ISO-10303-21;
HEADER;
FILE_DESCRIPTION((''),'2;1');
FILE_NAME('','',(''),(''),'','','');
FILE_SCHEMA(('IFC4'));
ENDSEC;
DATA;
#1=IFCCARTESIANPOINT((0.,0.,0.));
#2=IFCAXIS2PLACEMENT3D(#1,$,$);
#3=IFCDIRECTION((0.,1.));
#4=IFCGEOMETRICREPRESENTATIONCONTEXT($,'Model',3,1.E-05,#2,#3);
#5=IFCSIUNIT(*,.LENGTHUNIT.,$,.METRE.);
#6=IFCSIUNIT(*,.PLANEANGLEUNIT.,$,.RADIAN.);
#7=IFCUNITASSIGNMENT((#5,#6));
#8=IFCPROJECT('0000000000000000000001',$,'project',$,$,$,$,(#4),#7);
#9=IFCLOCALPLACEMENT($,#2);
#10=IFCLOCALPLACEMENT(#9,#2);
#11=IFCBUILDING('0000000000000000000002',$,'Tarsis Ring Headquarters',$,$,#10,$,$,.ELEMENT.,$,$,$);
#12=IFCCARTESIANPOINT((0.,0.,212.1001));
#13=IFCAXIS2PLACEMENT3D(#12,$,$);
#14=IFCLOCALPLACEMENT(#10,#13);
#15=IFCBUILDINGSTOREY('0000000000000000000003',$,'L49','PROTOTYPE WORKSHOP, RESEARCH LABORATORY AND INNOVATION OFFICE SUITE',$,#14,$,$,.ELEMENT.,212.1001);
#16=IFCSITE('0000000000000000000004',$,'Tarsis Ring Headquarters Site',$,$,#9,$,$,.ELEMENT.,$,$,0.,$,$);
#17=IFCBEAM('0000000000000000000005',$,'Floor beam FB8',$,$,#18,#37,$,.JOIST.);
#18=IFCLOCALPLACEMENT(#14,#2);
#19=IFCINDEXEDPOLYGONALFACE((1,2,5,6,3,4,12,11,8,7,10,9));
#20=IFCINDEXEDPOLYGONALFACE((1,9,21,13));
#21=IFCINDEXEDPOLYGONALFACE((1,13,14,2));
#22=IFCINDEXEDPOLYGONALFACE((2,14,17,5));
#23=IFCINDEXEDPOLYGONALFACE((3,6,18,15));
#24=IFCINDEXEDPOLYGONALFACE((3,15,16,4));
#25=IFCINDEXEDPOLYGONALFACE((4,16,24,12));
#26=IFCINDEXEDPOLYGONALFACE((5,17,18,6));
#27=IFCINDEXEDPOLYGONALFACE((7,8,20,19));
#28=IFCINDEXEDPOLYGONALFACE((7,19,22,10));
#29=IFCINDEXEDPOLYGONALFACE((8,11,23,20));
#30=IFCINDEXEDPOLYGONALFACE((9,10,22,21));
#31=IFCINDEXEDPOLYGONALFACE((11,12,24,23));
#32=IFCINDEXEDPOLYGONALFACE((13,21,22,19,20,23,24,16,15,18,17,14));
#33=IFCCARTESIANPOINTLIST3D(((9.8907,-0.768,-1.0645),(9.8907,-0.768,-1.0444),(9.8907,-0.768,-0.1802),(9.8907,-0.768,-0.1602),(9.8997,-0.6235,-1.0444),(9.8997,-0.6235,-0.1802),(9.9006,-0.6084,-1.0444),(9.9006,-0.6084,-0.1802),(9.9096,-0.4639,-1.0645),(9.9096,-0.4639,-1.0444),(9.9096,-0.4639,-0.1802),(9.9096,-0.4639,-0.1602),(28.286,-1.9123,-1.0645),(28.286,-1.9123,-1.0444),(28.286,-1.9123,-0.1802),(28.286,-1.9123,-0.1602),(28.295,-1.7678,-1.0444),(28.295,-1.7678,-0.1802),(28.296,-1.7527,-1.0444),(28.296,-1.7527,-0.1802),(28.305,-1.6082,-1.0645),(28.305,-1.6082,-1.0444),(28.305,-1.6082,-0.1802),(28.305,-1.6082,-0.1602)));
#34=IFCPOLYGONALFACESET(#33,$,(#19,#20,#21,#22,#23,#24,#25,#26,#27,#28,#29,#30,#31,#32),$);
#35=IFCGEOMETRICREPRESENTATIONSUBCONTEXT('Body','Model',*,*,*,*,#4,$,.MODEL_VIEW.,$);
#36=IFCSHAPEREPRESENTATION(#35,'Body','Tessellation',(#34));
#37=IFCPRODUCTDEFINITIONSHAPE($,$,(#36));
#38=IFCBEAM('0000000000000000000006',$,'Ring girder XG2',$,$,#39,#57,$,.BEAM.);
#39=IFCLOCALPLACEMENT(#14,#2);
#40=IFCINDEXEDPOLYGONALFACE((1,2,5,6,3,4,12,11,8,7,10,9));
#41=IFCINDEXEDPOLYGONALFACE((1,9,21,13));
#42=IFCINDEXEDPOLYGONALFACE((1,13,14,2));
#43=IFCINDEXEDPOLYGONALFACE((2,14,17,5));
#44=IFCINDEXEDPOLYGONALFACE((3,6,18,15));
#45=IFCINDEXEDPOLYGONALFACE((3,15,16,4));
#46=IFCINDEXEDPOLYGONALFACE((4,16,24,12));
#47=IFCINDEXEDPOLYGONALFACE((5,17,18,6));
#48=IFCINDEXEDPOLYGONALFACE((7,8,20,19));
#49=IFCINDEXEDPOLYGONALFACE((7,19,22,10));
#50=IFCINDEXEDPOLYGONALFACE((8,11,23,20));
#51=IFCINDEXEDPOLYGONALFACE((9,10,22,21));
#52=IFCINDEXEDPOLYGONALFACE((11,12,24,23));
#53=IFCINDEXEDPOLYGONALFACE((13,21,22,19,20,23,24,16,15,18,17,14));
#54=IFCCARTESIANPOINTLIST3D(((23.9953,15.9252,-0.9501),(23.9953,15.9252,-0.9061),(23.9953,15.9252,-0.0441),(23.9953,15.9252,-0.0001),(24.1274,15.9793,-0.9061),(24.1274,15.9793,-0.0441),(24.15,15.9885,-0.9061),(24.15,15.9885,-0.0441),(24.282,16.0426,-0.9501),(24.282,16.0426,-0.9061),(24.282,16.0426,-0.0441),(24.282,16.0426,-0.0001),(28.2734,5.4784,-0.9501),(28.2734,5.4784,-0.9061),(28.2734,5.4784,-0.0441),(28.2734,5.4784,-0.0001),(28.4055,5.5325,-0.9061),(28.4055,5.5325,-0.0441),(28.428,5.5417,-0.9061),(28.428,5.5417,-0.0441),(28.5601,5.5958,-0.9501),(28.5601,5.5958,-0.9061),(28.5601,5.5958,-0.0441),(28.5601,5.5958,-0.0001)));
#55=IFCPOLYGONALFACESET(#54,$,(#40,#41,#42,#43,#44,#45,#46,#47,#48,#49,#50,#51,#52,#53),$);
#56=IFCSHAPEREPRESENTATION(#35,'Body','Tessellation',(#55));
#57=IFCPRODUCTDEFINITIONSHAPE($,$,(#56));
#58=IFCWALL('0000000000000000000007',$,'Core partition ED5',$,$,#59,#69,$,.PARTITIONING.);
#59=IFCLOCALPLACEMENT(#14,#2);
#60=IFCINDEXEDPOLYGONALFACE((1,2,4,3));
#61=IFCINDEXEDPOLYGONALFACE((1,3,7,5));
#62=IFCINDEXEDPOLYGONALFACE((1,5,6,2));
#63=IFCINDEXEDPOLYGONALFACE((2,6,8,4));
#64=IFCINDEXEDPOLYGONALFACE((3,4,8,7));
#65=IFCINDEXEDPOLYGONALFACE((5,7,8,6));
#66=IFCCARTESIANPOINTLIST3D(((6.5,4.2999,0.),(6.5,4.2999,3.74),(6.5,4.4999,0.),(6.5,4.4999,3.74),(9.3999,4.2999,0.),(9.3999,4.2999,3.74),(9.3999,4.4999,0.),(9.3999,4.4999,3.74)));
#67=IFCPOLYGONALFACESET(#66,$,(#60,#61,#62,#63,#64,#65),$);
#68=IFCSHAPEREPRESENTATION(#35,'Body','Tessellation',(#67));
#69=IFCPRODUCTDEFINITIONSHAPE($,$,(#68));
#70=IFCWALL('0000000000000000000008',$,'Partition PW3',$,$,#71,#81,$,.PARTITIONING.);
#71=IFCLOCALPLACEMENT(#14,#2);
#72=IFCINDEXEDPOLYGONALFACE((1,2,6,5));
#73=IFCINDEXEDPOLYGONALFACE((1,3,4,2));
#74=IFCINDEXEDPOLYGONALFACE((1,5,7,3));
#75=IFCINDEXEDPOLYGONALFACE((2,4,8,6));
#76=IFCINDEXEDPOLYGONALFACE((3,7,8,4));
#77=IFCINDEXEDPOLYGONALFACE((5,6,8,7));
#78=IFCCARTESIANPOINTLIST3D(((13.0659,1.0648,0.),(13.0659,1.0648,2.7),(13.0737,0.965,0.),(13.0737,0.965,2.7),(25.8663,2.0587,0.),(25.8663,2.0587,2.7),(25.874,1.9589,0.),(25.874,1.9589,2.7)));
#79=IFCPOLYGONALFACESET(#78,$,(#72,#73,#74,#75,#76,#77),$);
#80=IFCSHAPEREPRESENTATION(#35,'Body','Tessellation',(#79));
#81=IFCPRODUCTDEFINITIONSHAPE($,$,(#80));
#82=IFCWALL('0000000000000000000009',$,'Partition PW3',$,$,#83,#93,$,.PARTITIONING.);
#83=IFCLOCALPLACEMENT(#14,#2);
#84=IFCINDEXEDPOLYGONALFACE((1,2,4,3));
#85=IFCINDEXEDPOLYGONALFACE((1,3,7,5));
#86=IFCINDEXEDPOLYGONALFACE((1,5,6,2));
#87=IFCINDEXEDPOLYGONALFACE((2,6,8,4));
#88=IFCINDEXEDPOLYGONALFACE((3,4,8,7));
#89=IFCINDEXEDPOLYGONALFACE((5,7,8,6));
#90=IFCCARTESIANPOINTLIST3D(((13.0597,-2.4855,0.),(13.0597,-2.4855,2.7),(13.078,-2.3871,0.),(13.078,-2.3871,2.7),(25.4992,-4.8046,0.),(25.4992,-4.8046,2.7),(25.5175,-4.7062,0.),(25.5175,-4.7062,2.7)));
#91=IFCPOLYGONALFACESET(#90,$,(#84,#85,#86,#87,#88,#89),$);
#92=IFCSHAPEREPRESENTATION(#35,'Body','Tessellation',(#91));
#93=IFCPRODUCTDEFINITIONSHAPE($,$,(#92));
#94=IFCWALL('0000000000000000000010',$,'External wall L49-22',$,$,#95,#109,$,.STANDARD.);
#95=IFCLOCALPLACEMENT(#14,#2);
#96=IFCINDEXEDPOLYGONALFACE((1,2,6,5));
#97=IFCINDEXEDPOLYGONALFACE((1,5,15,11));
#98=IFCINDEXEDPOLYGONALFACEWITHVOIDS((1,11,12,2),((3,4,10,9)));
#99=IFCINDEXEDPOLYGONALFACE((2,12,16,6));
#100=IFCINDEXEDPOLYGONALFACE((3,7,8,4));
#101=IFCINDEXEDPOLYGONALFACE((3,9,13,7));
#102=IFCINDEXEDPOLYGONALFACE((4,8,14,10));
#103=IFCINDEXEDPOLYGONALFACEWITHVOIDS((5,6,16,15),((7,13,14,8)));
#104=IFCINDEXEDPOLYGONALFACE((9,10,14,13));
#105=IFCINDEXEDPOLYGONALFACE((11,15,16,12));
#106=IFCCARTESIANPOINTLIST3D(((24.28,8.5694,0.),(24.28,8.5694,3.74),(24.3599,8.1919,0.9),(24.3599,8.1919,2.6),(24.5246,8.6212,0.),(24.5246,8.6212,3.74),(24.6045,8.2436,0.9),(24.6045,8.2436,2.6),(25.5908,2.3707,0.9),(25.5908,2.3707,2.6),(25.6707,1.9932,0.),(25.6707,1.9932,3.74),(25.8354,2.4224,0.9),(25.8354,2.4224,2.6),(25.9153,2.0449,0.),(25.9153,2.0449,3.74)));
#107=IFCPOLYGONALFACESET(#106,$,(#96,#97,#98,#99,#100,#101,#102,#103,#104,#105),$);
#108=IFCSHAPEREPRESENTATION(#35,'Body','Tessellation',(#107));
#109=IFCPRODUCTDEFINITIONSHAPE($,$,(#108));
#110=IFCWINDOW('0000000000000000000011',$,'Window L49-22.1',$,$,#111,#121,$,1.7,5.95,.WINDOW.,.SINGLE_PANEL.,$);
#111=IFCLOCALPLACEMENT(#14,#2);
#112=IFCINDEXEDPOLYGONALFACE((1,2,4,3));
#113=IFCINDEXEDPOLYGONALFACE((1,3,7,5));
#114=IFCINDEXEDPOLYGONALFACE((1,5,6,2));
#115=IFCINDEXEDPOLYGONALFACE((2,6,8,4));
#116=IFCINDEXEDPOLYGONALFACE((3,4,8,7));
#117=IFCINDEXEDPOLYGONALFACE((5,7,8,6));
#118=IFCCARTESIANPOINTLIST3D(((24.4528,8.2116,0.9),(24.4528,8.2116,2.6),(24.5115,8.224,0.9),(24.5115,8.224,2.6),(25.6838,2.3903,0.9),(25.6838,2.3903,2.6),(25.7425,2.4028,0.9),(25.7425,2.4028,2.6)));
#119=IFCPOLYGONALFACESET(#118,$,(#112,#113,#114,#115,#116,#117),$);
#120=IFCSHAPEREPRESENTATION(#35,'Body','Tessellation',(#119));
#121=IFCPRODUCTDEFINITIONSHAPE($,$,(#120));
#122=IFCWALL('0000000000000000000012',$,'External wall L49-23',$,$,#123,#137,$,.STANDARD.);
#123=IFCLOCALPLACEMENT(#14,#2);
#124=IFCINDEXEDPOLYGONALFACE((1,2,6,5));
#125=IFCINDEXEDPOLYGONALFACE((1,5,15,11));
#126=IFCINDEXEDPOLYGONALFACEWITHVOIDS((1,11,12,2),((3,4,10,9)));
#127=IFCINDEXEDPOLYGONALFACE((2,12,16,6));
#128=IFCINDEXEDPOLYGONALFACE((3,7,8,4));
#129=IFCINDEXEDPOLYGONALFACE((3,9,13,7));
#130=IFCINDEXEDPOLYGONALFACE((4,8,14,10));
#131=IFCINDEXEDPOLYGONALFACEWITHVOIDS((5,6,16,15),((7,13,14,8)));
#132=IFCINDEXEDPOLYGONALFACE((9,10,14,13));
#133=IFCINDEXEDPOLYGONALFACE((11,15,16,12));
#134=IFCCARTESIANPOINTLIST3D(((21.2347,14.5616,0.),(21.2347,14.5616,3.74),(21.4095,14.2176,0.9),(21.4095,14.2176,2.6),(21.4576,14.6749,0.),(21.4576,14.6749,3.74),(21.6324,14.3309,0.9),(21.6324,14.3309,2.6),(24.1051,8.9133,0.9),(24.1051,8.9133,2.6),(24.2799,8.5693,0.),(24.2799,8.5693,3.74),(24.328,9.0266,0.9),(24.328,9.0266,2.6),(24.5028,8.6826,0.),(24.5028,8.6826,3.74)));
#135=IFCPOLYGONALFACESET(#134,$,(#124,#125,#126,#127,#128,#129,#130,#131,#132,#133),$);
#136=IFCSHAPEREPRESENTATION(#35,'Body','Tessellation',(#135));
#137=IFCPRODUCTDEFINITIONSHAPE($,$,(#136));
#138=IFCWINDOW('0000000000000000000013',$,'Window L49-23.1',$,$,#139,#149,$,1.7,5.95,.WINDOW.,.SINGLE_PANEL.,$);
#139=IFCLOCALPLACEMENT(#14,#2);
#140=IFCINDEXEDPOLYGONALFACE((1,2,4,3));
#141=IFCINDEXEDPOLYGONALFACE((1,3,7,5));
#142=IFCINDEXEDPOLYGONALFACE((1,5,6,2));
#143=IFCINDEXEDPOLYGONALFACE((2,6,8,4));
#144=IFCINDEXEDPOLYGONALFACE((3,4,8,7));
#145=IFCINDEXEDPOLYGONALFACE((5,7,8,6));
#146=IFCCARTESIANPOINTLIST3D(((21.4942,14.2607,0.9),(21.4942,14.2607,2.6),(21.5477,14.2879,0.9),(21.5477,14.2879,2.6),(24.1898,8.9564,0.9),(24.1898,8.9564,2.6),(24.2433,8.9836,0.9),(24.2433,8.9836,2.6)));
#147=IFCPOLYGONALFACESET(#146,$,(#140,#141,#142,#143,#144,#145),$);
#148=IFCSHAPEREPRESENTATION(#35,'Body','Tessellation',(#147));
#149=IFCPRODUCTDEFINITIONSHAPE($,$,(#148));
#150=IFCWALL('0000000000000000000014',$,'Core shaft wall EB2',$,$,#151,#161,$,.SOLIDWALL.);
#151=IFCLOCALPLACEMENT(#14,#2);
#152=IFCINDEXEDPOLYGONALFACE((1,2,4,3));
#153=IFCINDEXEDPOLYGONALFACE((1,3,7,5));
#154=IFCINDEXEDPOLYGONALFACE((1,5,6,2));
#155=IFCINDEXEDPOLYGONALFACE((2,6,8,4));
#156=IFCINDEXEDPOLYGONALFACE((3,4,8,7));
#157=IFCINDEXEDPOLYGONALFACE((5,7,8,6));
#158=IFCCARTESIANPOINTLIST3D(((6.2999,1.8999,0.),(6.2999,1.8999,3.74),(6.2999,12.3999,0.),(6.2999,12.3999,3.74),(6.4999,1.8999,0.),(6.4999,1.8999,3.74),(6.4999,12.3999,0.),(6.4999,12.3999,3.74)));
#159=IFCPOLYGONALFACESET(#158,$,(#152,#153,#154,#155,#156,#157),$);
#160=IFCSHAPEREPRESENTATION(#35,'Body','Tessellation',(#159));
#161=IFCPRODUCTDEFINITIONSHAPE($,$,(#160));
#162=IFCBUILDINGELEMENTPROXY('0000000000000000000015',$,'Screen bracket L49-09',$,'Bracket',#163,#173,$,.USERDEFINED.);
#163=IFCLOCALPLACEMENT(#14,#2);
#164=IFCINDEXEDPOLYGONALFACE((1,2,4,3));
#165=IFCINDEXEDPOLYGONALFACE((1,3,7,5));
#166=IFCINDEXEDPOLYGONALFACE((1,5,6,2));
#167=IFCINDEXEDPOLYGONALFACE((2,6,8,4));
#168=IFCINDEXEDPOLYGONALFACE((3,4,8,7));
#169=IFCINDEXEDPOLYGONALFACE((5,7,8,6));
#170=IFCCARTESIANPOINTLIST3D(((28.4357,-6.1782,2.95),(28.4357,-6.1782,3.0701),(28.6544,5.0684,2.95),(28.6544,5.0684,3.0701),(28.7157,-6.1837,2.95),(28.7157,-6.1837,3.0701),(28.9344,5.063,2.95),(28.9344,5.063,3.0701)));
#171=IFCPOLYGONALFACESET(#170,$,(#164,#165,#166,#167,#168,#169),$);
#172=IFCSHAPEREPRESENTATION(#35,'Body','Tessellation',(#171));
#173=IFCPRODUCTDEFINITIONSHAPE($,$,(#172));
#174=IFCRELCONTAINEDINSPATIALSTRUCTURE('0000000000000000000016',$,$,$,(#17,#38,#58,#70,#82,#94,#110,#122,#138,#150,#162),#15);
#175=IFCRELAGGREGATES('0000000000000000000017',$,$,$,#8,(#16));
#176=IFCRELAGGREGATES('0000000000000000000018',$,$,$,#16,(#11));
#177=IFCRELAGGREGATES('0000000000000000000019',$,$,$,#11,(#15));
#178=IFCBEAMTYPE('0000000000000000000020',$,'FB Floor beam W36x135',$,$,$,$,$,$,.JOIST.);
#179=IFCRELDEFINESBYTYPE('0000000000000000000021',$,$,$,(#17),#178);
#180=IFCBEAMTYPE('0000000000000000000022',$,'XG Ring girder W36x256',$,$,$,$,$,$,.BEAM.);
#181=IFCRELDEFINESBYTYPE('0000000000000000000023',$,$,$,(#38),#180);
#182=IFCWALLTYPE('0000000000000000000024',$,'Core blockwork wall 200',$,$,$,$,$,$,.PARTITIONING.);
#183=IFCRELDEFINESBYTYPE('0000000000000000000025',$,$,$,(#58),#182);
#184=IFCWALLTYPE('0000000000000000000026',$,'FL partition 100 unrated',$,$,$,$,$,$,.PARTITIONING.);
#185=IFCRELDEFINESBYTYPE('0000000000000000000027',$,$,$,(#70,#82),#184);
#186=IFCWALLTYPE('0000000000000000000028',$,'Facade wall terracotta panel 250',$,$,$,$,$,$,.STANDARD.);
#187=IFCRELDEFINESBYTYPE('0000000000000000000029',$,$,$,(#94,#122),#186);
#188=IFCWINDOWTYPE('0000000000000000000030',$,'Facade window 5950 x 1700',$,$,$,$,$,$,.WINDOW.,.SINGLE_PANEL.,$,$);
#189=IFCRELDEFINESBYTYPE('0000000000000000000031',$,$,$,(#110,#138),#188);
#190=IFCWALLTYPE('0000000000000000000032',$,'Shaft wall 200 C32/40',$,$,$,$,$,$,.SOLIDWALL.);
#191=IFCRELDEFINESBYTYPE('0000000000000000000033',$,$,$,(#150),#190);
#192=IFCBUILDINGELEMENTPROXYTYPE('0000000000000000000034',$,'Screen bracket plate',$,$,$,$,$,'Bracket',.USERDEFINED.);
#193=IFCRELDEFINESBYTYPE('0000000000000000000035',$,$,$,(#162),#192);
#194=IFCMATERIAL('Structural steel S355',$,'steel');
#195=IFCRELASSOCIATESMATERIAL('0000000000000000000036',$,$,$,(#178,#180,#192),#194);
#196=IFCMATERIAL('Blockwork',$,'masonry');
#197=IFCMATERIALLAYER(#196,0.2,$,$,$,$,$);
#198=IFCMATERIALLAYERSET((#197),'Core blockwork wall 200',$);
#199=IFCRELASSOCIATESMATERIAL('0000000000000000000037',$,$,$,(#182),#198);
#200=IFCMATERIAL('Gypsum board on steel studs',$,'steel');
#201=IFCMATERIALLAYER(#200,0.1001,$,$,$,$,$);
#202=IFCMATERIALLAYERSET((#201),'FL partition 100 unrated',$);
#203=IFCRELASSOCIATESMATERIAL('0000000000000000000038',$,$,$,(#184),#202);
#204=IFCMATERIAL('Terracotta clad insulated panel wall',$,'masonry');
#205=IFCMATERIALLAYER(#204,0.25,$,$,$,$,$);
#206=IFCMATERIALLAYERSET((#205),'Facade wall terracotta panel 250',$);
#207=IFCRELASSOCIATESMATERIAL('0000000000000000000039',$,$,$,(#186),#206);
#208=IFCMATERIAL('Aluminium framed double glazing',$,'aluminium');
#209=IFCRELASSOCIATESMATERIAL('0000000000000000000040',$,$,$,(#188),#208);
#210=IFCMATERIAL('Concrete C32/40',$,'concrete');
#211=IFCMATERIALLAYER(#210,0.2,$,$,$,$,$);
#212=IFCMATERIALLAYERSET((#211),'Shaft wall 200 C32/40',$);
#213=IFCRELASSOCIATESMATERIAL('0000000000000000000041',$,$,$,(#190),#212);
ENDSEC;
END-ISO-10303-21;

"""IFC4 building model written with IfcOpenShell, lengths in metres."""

from ifc_helpers import new_model, si_unit, direction, frame, frame_2d, origin, origin_2d, place, context, subcontext, project, spatial, rectangle, i_section, extrude, material, layer, layer_set, material_profile, profile_set, type_object, element, fill, save


model = new_model("IFC4")

# Units and contexts
model_context = context("Model", 3, precision=1e-05, world=origin(), true_north=direction((0.0, 1.0)))
body_context = subcontext(model_context, "Body", "Model", "MODEL_VIEW")
ifc_project = project(units=[si_unit("LENGTHUNIT", "METRE"), si_unit("PLANEANGLEUNIT", "RADIAN")], contexts=[model_context])

# Site, building, storey
site_placement = place(None, origin())
site = spatial("IfcSite", under=ifc_project, at=site_placement, Name="Tarsis Ring Headquarters Site", CompositionType="ELEMENT", RefElevation=0.0)
building_placement = place(site_placement, origin())
building = spatial("IfcBuilding", under=site, at=building_placement, Name="Tarsis Ring Headquarters", CompositionType="ELEMENT")
storey_placement = place(building_placement, frame((0.0, 0.0, 212.1001)))
storey = spatial("IfcBuildingStorey", under=building, at=storey_placement, Name="L49", Description="PROTOTYPE WORKSHOP, RESEARCH LABORATORY AND INNOVATION OFFICE SUITE", CompositionType="ELEMENT", Elevation=212.1001)

# Shared definitions
ifc_material_1 = material(Name="Structural steel S355", Category="steel")

# Beams
ifc_material_profile_1 = material_profile(ifc_material_1, i_section(OverallWidth=0.3047, OverallDepth=0.9043, WebThickness=0.0151, FlangeThickness=0.02, at=origin_2d()), Name="W36x135")
ifc_profile_set_1 = profile_set([ifc_material_profile_1], Name="Structural steel S355")
beam_type_1 = type_object("IfcBeamType", Name="FB Floor beam W36x135", PredefinedType="JOIST", material=ifc_profile_set_1)
beam_1_placement = place(storey_placement, frame((9.9001, -0.616, -0.6123), z_axis=(0.998071, -0.062086, 0.0), x_axis=(0.062086, 0.998071, 0.0)))
element("IfcBeam", 1, at=beam_1_placement, inside=storey, type_object=beam_type_1, Name="Floor beam FB8", PredefinedType="JOIST", context=body_context, shape_type="SweptSolid", body=[
    extrude(i_section(OverallWidth=0.3047, OverallDepth=0.9043, WebThickness=0.0151, FlangeThickness=0.02, at=origin_2d()), origin(), (0.0, 0.0, 1.0), 18.4309),
])
ifc_material_profile_2 = material_profile(ifc_material_1, i_section(OverallWidth=0.3098, OverallDepth=0.95, WebThickness=0.0244, FlangeThickness=0.0439, at=origin_2d()), Name="W36x256")
ifc_profile_set_2 = profile_set([ifc_material_profile_2], Name="Structural steel S355")
beam_type_2 = type_object("IfcBeamType", Name="XG Ring girder W36x256", PredefinedType="BEAM", material=ifc_profile_set_2)
beam_2_placement = place(storey_placement, frame((28.4167, 5.5371, -0.4751), z_axis=(-0.378966, 0.92541, 0.0), x_axis=(-0.92541, -0.378966, 0.0)))
element("IfcBeam", 2, at=beam_2_placement, inside=storey, type_object=beam_type_2, Name="Ring girder XG2", PredefinedType="BEAM", context=body_context, shape_type="SweptSolid", body=[
    extrude(i_section(OverallWidth=0.3098, OverallDepth=0.95, WebThickness=0.0244, FlangeThickness=0.0439, at=origin_2d()), origin(), (0.0, 0.0, 1.0), 11.2888),
])

# Walls
ifc_material_2 = material(Name="Blockwork", Category="masonry")
ifc_layer_1 = layer(ifc_material_2, 0.2)
ifc_layer_set_1 = layer_set([ifc_layer_1], Name="Core blockwork wall 200")
wall_type_1 = type_object("IfcWallType", Name="Core blockwork wall 200", PredefinedType="PARTITIONING", material=ifc_layer_set_1)
wall_1_placement = place(storey_placement, frame((6.5, 4.3999, 0.0), z_axis=(0.0, 0.0, 1.0), x_axis=(1.0, 0.0, 0.0)))
element("IfcWall", 3, at=wall_1_placement, inside=storey, type_object=wall_type_1, Name="Core partition ED5", PredefinedType="PARTITIONING", context=body_context, shape_type="SweptSolid", body=[
    extrude(rectangle(XDim=2.8999, YDim=0.2, at=frame_2d((1.45, 0.0))), origin(), (0.0, 0.0, 1.0), 3.74),
])
ifc_material_3 = material(Name="Gypsum board on steel studs", Category="steel")
ifc_layer_2 = layer(ifc_material_3, 0.1001)
ifc_layer_set_2 = layer_set([ifc_layer_2], Name="FL partition 100 unrated")
wall_type_2 = type_object("IfcWallType", Name="FL partition 100 unrated", PredefinedType="PARTITIONING", material=ifc_layer_set_2)
wall_2_placement = place(storey_placement, frame((13.0698, 1.0149, 0.0), z_axis=(0.0, 0.0, 1.0), x_axis=(0.996999, 0.077413, 0.0)))
element("IfcWall", 4, at=wall_2_placement, inside=storey, type_object=wall_type_2, Name="Partition PW3", PredefinedType="PARTITIONING", context=body_context, shape_type="SweptSolid", body=[
    extrude(rectangle(XDim=12.8389, YDim=0.1001, at=frame_2d((6.4194, 0.0))), origin(), (0.0, 0.0, 1.0), 2.7),
])
wall_3_placement = place(storey_placement, frame((13.0688, -2.4363, 0.0), z_axis=(0.0, 0.0, 1.0), x_axis=(0.983062, -0.183273, 0.0)))
element("IfcWall", 5, at=wall_3_placement, inside=storey, type_object=wall_type_2, Name="Partition PW3", PredefinedType="PARTITIONING", context=body_context, shape_type="SweptSolid", body=[
    extrude(rectangle(XDim=12.6538, YDim=0.1001, at=frame_2d((6.3269, 0.0))), origin(), (0.0, 0.0, 1.0), 2.7),
])

# Walls, openings, windows
ifc_material_4 = material(Name="Terracotta clad insulated panel wall", Category="masonry")
ifc_layer_3 = layer(ifc_material_4, 0.25)
ifc_layer_set_3 = layer_set([ifc_layer_3], Name="Facade wall terracotta panel 250")
wall_type_3 = type_object("IfcWallType", Name="Facade wall terracotta panel 250", PredefinedType="STANDARD", material=ifc_layer_set_3)
wall_4_placement = place(storey_placement, frame((25.793, 2.019, 0.0), z_axis=(0.0, 0.0, 1.0), x_axis=(-0.206889, 0.978364, 0.0)))
wall_4 = element("IfcWall", 6, at=wall_4_placement, inside=storey, type_object=wall_type_3, Name="External wall L49-22", PredefinedType="STANDARD", context=body_context, shape_type="SweptSolid", body=[
    extrude(rectangle(XDim=6.7217, YDim=0.25, at=frame_2d((3.3608, 0.0))), origin(), (0.0, 0.0, 1.0), 3.74),
])
opening_1_placement = place(wall_4_placement, frame((0.3857, 0.0, 0.8999)))
opening_1 = element("IfcOpeningElement", 7, at=opening_1_placement, cuts=wall_4, PredefinedType="OPENING", context=body_context, shape_type="SweptSolid", body=[
    extrude(rectangle(XDim=5.95, YDim=1.7, at=frame_2d((2.9751, 0.8501))), frame((0.0, 0.135, 0.0), z_axis=(0.0, -1.0, 0.0), x_axis=(1.0, 0.0, 0.0)), (0.0, 0.0, 1.0), 0.27),
])
ifc_material_5 = material(Name="Aluminium framed double glazing", Category="aluminium")
window_type = type_object("IfcWindowType", Name="Facade window 5950 x 1700", PartitioningType="SINGLE_PANEL", PredefinedType="WINDOW", material=ifc_material_5)
window_1_placement = place(opening_1_placement, origin())
window_1 = element("IfcWindow", 8, at=window_1_placement, inside=storey, type_object=window_type, Name="Window L49-22.1", OverallHeight=1.7, OverallWidth=5.95, PartitioningType="SINGLE_PANEL", PredefinedType="WINDOW", context=body_context, shape_type="SweptSolid", body=[
    extrude(rectangle(XDim=5.95, YDim=1.7, at=frame_2d((2.9751, 0.8501))), frame((0.0, 0.03, 0.0), z_axis=(0.0, -1.0, 0.0), x_axis=(1.0, 0.0, 0.0)), (0.0, 0.0, 1.0), 0.0601),
])
fill(opening_1, window_1)
wall_5_placement = place(storey_placement, frame((24.3914, 8.626, 0.0), z_axis=(0.0, 0.0, 1.0), x_axis=(-0.453045, 0.891488, 0.0)))
wall_5 = element("IfcWall", 9, at=wall_5_placement, inside=storey, type_object=wall_type_3, Name="External wall L49-23", PredefinedType="STANDARD", context=body_context, shape_type="SweptSolid", body=[
    extrude(rectangle(XDim=6.7217, YDim=0.25, at=frame_2d((3.3608, 0.0))), origin(), (0.0, 0.0, 1.0), 3.74),
])
opening_2_placement = place(wall_5_placement, frame((0.3857, 0.0, 0.8999)))
opening_2 = element("IfcOpeningElement", 10, at=opening_2_placement, cuts=wall_5, PredefinedType="OPENING", context=body_context, shape_type="SweptSolid", body=[
    extrude(rectangle(XDim=5.95, YDim=1.7, at=frame_2d((2.9751, 0.8501))), frame((0.0, 0.135, 0.0), z_axis=(0.0, -1.0, 0.0), x_axis=(1.0, 0.0, 0.0)), (0.0, 0.0, 1.0), 0.27),
])
window_2_placement = place(opening_2_placement, origin())
window_2 = element("IfcWindow", 11, at=window_2_placement, inside=storey, type_object=window_type, Name="Window L49-23.1", OverallHeight=1.7, OverallWidth=5.95, PartitioningType="SINGLE_PANEL", PredefinedType="WINDOW", context=body_context, shape_type="SweptSolid", body=[
    extrude(rectangle(XDim=5.95, YDim=1.7, at=frame_2d((2.9751, 0.8501))), frame((0.0, 0.03, 0.0), z_axis=(0.0, -1.0, 0.0), x_axis=(1.0, 0.0, 0.0)), (0.0, 0.0, 1.0), 0.0601),
])
fill(opening_2, window_2)

# Wall
ifc_material_6 = material(Name="Concrete C32/40", Category="concrete")
ifc_layer_4 = layer(ifc_material_6, 0.2)
ifc_layer_set_4 = layer_set([ifc_layer_4], Name="Shaft wall 200 C32/40")
wall_type_4 = type_object("IfcWallType", Name="Shaft wall 200 C32/40", PredefinedType="SOLIDWALL", material=ifc_layer_set_4)
wall_6_placement = place(storey_placement, frame((6.3999, 1.8999, 0.0), z_axis=(0.0, 0.0, 1.0), x_axis=(0.0, 1.0, 0.0)))
element("IfcWall", 12, at=wall_6_placement, inside=storey, type_object=wall_type_4, Name="Core shaft wall EB2", PredefinedType="SOLIDWALL", context=body_context, shape_type="SweptSolid", body=[
    extrude(rectangle(XDim=10.5, YDim=0.2, at=frame_2d((5.25, 0.0))), origin(), (0.0, 0.0, 1.0), 3.74),
])

# Building element proxy
building_element_proxy_type = type_object("IfcBuildingElementProxyType", Name="Screen bracket plate", ElementType="Bracket", PredefinedType="USERDEFINED", material=ifc_material_1)
proxy_placement = place(storey_placement, frame((28.6851, -0.5576, 2.95), z_axis=(0.0, 0.0, 1.0), x_axis=(0.019437, 0.999811, 0.0)))
element("IfcBuildingElementProxy", 13, at=proxy_placement, inside=storey, type_object=building_element_proxy_type, Name="Screen bracket L49-09", ObjectType="Bracket", PredefinedType="USERDEFINED", context=body_context, shape_type="SweptSolid", body=[
    extrude(rectangle(XDim=11.2488, YDim=0.28, at=origin_2d()), origin(), (0.0, 0.0, 1.0), 0.1201),
])

save(model, "model.ifc")
